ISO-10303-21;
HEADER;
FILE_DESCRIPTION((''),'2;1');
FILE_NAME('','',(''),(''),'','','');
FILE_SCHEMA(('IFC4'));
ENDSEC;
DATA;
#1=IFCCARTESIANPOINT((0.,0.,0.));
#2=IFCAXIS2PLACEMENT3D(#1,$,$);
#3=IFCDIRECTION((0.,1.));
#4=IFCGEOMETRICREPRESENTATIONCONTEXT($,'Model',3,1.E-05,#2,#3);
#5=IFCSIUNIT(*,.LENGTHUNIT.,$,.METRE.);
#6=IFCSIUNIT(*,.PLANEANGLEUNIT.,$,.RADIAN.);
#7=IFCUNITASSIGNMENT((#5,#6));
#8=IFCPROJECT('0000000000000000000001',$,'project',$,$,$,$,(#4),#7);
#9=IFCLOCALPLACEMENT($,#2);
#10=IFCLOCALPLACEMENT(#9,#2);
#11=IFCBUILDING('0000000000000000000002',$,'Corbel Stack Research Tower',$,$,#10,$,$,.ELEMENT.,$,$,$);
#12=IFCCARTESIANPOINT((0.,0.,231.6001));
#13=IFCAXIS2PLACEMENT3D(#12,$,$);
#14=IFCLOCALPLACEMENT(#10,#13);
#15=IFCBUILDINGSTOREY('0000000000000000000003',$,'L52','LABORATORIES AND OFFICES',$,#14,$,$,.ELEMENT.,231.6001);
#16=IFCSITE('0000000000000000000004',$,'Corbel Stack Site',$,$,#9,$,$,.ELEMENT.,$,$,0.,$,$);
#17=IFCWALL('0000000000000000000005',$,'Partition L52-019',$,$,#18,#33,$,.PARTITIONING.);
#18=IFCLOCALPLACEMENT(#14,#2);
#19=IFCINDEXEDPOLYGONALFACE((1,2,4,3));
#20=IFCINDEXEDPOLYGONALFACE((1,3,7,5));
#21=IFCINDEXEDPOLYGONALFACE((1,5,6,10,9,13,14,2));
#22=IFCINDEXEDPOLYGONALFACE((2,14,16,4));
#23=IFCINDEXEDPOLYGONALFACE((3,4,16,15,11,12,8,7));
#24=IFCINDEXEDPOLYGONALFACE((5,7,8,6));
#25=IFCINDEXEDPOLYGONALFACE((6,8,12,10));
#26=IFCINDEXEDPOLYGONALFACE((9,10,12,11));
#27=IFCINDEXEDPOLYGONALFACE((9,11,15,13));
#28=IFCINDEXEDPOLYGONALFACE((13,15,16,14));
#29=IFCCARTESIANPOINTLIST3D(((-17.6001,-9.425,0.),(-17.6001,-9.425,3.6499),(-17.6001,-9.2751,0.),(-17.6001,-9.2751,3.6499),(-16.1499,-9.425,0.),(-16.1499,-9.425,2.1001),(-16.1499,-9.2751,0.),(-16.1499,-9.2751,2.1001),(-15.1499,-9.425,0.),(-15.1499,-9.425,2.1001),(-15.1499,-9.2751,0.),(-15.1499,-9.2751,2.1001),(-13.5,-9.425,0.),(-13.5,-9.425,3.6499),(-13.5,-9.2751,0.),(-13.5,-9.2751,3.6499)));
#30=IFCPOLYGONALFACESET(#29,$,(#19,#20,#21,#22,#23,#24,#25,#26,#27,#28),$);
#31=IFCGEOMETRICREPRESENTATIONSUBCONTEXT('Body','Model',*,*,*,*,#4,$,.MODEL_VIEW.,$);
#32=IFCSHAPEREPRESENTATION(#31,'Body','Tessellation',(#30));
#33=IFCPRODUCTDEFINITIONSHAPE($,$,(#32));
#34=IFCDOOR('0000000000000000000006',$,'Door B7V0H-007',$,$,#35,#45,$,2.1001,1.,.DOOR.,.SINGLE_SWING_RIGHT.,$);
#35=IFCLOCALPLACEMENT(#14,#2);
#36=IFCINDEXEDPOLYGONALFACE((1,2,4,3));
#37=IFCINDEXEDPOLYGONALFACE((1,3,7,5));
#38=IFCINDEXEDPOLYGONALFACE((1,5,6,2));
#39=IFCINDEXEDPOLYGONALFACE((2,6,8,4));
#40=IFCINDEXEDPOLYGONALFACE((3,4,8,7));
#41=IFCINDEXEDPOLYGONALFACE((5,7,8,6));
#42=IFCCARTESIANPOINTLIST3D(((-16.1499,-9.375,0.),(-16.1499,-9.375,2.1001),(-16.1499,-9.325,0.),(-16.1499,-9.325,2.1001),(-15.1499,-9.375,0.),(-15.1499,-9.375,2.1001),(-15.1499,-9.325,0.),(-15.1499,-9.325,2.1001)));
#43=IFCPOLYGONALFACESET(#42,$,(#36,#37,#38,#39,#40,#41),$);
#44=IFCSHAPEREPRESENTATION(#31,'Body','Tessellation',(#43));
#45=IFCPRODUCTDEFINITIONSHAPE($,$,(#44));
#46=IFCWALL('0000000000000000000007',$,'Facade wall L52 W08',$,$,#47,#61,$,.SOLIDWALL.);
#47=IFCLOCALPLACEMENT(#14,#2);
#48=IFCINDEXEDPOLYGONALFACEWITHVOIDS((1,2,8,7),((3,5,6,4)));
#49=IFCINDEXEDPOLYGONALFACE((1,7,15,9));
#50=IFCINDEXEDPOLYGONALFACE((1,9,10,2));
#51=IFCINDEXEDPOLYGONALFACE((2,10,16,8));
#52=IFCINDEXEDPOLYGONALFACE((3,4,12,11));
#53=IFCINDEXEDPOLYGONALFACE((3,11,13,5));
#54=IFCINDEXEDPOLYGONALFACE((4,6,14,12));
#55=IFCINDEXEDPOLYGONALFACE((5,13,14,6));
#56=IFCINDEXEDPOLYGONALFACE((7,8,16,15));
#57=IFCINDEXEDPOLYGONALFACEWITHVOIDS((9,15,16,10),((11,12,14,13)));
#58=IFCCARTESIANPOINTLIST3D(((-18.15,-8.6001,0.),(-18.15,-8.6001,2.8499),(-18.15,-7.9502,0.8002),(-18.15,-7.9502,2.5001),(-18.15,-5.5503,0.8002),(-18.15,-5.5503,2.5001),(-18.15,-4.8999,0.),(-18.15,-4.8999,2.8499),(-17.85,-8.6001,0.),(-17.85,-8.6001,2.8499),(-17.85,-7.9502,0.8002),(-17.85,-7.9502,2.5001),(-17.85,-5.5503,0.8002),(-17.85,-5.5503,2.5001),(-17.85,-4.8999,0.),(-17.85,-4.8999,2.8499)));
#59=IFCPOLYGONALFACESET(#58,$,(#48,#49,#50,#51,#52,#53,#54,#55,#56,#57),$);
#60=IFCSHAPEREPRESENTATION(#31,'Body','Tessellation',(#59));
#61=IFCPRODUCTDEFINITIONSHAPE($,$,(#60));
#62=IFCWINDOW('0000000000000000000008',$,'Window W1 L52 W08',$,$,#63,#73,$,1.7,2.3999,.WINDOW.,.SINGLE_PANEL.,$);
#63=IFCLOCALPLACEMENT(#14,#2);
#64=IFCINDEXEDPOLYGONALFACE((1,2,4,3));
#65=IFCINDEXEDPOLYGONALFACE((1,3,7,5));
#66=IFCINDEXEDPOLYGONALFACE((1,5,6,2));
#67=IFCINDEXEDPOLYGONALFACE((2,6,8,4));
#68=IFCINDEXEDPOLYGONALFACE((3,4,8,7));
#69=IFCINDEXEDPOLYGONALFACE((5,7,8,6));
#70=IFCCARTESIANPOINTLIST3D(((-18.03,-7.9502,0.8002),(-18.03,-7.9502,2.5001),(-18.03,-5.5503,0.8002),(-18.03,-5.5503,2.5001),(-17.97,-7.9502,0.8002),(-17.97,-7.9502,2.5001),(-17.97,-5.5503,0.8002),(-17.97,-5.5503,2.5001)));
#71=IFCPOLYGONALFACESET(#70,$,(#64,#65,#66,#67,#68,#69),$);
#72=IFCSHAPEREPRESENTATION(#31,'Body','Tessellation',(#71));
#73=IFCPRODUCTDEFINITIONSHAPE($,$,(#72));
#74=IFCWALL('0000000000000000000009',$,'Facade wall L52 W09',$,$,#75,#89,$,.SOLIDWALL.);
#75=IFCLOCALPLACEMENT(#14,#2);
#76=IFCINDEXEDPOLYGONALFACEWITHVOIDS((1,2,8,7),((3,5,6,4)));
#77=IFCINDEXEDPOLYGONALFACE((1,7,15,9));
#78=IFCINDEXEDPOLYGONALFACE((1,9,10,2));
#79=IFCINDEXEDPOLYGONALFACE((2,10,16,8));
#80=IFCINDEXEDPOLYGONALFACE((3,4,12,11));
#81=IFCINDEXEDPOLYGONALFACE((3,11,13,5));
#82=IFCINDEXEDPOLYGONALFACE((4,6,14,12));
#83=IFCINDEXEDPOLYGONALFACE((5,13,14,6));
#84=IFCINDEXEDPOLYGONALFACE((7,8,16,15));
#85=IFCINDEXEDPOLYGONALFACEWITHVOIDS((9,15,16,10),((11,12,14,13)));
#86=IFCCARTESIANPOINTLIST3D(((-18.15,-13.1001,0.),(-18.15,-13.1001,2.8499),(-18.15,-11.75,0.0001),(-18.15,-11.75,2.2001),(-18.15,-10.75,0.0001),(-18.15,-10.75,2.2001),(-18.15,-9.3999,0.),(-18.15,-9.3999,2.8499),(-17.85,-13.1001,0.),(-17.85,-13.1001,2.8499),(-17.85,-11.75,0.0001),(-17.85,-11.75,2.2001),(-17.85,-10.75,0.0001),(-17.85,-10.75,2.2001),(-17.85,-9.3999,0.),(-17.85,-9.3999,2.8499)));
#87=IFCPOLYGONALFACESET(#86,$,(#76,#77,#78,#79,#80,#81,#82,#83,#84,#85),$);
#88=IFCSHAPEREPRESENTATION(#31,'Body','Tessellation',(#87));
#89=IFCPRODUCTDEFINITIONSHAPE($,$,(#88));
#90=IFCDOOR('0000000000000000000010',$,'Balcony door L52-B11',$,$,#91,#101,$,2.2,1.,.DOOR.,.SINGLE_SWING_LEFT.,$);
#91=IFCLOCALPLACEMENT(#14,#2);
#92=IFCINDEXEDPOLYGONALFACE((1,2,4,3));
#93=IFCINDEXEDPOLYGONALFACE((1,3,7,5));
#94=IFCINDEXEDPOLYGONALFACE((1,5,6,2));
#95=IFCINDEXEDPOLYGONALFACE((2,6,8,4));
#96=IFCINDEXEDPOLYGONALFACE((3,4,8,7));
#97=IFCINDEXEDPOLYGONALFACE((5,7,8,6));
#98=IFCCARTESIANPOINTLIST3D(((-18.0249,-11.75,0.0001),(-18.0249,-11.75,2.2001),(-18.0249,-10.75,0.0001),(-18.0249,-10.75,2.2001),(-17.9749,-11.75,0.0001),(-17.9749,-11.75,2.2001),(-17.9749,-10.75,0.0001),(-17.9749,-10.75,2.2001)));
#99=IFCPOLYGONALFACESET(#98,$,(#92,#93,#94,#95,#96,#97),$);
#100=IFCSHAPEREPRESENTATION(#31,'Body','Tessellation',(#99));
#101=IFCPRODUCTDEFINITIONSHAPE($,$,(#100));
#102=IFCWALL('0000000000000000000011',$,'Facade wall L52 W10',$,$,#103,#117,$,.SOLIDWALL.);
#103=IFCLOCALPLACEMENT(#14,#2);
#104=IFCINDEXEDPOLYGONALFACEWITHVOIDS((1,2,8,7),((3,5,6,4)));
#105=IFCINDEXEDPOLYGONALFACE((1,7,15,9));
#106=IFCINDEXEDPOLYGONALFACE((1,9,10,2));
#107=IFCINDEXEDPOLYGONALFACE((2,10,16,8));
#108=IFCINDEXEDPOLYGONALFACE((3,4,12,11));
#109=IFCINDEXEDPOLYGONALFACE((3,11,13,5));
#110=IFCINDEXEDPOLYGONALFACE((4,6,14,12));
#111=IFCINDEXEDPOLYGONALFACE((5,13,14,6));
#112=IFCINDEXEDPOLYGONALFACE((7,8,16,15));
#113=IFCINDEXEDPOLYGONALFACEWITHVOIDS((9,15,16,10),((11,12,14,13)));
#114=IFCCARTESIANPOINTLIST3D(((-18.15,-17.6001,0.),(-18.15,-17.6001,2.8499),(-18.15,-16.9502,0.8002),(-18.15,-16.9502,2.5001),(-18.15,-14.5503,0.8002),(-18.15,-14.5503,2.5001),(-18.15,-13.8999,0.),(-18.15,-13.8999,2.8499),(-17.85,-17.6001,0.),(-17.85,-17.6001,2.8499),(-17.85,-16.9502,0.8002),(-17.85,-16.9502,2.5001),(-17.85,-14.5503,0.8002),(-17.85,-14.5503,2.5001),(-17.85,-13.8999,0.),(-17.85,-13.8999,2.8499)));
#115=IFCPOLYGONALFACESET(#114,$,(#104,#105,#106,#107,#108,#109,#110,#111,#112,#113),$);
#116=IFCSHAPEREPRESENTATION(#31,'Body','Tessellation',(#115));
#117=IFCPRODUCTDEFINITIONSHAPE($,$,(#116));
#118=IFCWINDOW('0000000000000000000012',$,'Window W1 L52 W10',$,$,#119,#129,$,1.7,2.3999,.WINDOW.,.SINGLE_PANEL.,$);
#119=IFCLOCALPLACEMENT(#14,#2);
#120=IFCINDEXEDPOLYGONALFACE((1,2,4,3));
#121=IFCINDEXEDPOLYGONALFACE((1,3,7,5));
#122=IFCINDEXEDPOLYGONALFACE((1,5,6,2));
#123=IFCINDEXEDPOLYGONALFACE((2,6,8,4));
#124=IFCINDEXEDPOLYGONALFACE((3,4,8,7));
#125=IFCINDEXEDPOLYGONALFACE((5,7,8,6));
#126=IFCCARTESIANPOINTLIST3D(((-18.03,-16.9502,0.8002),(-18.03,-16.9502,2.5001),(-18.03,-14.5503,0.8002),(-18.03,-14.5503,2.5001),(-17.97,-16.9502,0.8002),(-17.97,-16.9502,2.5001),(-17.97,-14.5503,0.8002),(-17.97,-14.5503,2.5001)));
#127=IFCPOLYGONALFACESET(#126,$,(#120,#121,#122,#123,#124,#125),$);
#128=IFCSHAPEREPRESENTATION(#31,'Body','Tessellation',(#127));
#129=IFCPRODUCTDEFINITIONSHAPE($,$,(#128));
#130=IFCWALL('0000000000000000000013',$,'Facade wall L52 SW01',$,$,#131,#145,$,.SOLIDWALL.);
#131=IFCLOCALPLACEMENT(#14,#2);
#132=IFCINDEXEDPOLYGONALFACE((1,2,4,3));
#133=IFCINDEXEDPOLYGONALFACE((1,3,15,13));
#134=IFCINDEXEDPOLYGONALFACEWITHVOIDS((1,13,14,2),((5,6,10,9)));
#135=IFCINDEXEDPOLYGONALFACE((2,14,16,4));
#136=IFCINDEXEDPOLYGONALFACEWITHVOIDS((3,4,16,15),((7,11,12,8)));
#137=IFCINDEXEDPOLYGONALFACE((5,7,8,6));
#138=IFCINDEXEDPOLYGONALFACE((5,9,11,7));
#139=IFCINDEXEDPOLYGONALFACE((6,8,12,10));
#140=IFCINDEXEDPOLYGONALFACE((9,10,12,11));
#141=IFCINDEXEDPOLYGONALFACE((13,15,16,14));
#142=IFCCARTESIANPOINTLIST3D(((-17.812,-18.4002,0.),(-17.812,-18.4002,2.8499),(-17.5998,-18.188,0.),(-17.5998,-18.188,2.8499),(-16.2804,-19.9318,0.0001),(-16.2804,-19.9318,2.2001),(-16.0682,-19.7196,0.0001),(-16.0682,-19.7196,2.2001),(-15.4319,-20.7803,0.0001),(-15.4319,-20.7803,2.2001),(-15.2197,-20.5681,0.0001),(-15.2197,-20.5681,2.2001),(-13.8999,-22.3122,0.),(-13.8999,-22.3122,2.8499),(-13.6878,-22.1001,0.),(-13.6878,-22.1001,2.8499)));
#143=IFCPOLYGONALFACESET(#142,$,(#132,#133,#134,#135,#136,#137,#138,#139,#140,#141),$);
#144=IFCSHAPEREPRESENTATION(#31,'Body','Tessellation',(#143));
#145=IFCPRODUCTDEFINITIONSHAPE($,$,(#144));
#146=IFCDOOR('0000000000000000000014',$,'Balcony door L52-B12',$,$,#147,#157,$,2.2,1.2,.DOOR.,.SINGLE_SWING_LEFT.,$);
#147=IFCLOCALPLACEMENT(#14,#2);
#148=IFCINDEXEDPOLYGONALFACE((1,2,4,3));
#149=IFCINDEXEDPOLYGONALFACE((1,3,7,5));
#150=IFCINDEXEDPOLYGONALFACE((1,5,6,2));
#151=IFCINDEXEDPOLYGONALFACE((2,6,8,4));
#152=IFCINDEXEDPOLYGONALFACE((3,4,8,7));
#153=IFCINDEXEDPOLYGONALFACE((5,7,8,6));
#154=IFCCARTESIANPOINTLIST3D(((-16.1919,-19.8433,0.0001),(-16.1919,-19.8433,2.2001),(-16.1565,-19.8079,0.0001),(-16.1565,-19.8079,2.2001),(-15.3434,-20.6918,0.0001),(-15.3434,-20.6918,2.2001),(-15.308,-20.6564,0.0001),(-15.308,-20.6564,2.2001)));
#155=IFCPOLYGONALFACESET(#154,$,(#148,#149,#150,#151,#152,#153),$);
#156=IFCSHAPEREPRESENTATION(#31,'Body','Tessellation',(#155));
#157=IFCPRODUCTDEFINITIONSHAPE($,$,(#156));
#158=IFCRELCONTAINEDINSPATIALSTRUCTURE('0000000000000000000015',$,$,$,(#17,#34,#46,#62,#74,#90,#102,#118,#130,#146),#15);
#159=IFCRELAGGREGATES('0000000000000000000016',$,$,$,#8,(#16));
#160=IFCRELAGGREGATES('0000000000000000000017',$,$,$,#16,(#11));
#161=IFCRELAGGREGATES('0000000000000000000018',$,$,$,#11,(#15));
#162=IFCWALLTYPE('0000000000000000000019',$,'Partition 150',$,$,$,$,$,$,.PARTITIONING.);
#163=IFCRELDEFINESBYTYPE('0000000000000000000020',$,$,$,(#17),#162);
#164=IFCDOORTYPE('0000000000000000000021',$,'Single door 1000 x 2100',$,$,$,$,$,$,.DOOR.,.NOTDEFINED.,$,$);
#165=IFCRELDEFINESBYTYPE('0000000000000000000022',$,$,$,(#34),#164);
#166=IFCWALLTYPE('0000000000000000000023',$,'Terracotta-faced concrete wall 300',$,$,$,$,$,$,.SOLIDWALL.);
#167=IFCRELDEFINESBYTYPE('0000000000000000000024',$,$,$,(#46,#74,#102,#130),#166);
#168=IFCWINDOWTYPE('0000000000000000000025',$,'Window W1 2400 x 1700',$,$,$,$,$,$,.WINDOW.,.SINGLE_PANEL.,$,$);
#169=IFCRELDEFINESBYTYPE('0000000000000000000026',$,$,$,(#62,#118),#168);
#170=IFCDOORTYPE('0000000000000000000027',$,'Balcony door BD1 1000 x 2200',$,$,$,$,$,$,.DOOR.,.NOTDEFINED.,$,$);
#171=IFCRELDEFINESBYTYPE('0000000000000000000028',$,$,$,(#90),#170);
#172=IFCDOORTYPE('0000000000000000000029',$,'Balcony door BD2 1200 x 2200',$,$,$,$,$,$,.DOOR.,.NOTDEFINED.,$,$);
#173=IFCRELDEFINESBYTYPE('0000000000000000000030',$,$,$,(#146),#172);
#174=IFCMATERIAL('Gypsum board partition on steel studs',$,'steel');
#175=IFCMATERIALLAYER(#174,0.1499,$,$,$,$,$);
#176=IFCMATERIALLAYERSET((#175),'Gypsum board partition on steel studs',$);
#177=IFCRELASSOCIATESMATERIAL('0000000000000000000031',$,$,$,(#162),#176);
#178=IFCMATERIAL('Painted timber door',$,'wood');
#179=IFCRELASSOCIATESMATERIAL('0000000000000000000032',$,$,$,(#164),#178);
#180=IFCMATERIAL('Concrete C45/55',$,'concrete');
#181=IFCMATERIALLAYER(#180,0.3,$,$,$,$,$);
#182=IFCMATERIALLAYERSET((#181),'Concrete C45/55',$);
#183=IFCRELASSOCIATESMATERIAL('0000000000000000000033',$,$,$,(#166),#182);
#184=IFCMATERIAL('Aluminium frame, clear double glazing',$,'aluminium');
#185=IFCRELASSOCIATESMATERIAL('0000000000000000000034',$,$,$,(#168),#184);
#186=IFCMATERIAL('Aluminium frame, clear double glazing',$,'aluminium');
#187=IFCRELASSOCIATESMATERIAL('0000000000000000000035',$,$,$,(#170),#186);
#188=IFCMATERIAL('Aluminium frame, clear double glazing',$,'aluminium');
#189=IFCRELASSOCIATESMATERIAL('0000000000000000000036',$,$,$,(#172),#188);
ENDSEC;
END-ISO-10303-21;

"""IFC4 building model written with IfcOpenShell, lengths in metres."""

from ifc_helpers import new_model, si_unit, direction, frame, frame_2d, origin, place, context, subcontext, project, spatial, rectangle, extrude, material, layer, layer_set, type_object, element, fill, save


model = new_model("IFC4")

# Units and contexts
model_context = context("Model", 3, precision=1e-05, world=origin(), true_north=direction((0.0, 1.0)))
body_context = subcontext(model_context, "Body", "Model", "MODEL_VIEW")
ifc_project = project(units=[si_unit("LENGTHUNIT", "METRE"), si_unit("PLANEANGLEUNIT", "RADIAN")], contexts=[model_context])

# Site, building, storey
site_placement = place(None, origin())
site = spatial("IfcSite", under=ifc_project, at=site_placement, Name="Corbel Stack Site", CompositionType="ELEMENT", RefElevation=0.0)
building_placement = place(site_placement, origin())
building = spatial("IfcBuilding", under=site, at=building_placement, Name="Corbel Stack Research Tower", CompositionType="ELEMENT")
storey_placement = place(building_placement, frame((0.0, 0.0, 231.6001)))
storey = spatial("IfcBuildingStorey", under=building, at=storey_placement, Name="L52", Description="LABORATORIES AND OFFICES", CompositionType="ELEMENT", Elevation=231.6001)

# Wall, opening, door
ifc_material_1 = material(Name="Gypsum board partition on steel studs", Category="steel")
ifc_layer_1 = layer(ifc_material_1, 0.1499)
ifc_layer_set_1 = layer_set([ifc_layer_1], Name="Gypsum board partition on steel studs")
wall_type_1 = type_object("IfcWallType", Name="Partition 150", PredefinedType="PARTITIONING", material=ifc_layer_set_1)
wall_1_placement = place(storey_placement, frame((-13.5, -9.3501, 0.0), z_axis=(0.0, 0.0, 1.0), x_axis=(-1.0, 0.0, 0.0)))
wall_1 = element("IfcWall", 1, at=wall_1_placement, inside=storey, type_object=wall_type_1, Name="Partition L52-019", PredefinedType="PARTITIONING", context=body_context, shape_type="SweptSolid", body=[
    extrude(rectangle(XDim=4.1001, YDim=0.1499, at=frame_2d((2.05, 0.0))), origin(), (0.0, 0.0, 1.0), 3.6499),
])
opening_1_placement = place(wall_1_placement, frame((1.6499, 0.0, 0.0)))
opening_1 = element("IfcOpeningElement", 2, at=opening_1_placement, cuts=wall_1, PredefinedType="OPENING", context=body_context, shape_type="SweptSolid", body=[
    extrude(rectangle(XDim=1.0, YDim=2.1001, at=frame_2d((0.5, 1.05))), frame((0.0, 0.085, 0.0), z_axis=(0.0, -1.0, 0.0), x_axis=(1.0, 0.0, 0.0)), (0.0, 0.0, 1.0), 0.1699),
])
ifc_material_2 = material(Name="Painted timber door", Category="wood")
door_type_1 = type_object("IfcDoorType", Name="Single door 1000 x 2100", OperationType="NOTDEFINED", PredefinedType="DOOR", material=ifc_material_2)
door_1_placement = place(opening_1_placement, origin())
door_1 = element("IfcDoor", 3, at=door_1_placement, inside=storey, type_object=door_type_1, Name="Door B7V0H-007", OperationType="SINGLE_SWING_RIGHT", OverallHeight=2.1001, OverallWidth=1.0, PredefinedType="DOOR", context=body_context, shape_type="SweptSolid", body=[
    extrude(rectangle(XDim=1.0, YDim=2.1001, at=frame_2d((0.5, 1.05))), frame((0.0, 0.0249, 0.0), z_axis=(0.0, -1.0, 0.0), x_axis=(1.0, 0.0, 0.0)), (0.0, 0.0, 1.0), 0.05),
])
fill(opening_1, door_1)

# Wall, opening, window
ifc_material_3 = material(Name="Concrete C45/55", Category="concrete")
ifc_layer_2 = layer(ifc_material_3, 0.3)
ifc_layer_set_2 = layer_set([ifc_layer_2], Name="Concrete C45/55")
wall_type_2 = type_object("IfcWallType", Name="Terracotta-faced concrete wall 300", PredefinedType="SOLIDWALL", material=ifc_layer_set_2)
wall_2_placement = place(storey_placement, frame((-18.0, -8.6001, 0.0), z_axis=(0.0, 0.0, 1.0), x_axis=(0.0, 1.0, 0.0)))
wall_2 = element("IfcWall", 4, at=wall_2_placement, inside=storey, type_object=wall_type_2, Name="Facade wall L52 W08", PredefinedType="SOLIDWALL", context=body_context, shape_type="SweptSolid", body=[
    extrude(rectangle(XDim=3.7002, YDim=0.3, at=frame_2d((1.8501, 0.0))), origin(), (0.0, 0.0, 1.0), 2.8499),
])
opening_2_placement = place(wall_2_placement, frame((0.6499, 0.0, 0.8)))
opening_2 = element("IfcOpeningElement", 5, at=opening_2_placement, cuts=wall_2, PredefinedType="OPENING", context=body_context, shape_type="SweptSolid", body=[
    extrude(rectangle(XDim=2.3999, YDim=1.7, at=frame_2d((1.2, 0.8501))), frame((0.0, 0.1599, 0.0), z_axis=(0.0, -1.0, 0.0), x_axis=(1.0, 0.0, 0.0)), (0.0, 0.0, 1.0), 0.3201),
])
ifc_material_4 = material(Name="Aluminium frame, clear double glazing", Category="aluminium")
window_type = type_object("IfcWindowType", Name="Window W1 2400 x 1700", PartitioningType="SINGLE_PANEL", PredefinedType="WINDOW", material=ifc_material_4)
window_1_placement = place(opening_2_placement, origin())
window_1 = element("IfcWindow", 6, at=window_1_placement, inside=storey, type_object=window_type, Name="Window W1 L52 W08", OverallHeight=1.7, OverallWidth=2.3999, PartitioningType="SINGLE_PANEL", PredefinedType="WINDOW", context=body_context, shape_type="SweptSolid", body=[
    extrude(rectangle(XDim=2.3999, YDim=1.7, at=frame_2d((1.2, 0.8501))), frame((0.0, 0.03, 0.0), z_axis=(0.0, -1.0, 0.0), x_axis=(1.0, 0.0, 0.0)), (0.0, 0.0, 1.0), 0.0601),
])
fill(opening_2, window_1)

# Wall, opening, door
wall_3_placement = place(storey_placement, frame((-18.0, -13.1001, 0.0), z_axis=(0.0, 0.0, 1.0), x_axis=(0.0, 1.0, 0.0)))
wall_3 = element("IfcWall", 7, at=wall_3_placement, inside=storey, type_object=wall_type_2, Name="Facade wall L52 W09", PredefinedType="SOLIDWALL", context=body_context, shape_type="SweptSolid", body=[
    extrude(rectangle(XDim=3.7002, YDim=0.3, at=frame_2d((1.8501, 0.0))), origin(), (0.0, 0.0, 1.0), 2.8499),
])
opening_3_placement = place(wall_3_placement, frame((1.3501, 0.0, 0.0)))
opening_3 = element("IfcOpeningElement", 8, at=opening_3_placement, cuts=wall_3, PredefinedType="OPENING", context=body_context, shape_type="SweptSolid", body=[
    extrude(rectangle(XDim=1.0, YDim=2.2, at=frame_2d((0.5, 1.1001))), frame((0.0, 0.1599, 0.0), z_axis=(0.0, -1.0, 0.0), x_axis=(1.0, 0.0, 0.0)), (0.0, 0.0, 1.0), 0.3201),
])
ifc_material_5 = material(Name="Aluminium frame, clear double glazing", Category="aluminium")
door_type_2 = type_object("IfcDoorType", Name="Balcony door BD1 1000 x 2200", OperationType="NOTDEFINED", PredefinedType="DOOR", material=ifc_material_5)
door_2_placement = place(opening_3_placement, origin())
door_2 = element("IfcDoor", 9, at=door_2_placement, inside=storey, type_object=door_type_2, Name="Balcony door L52-B11", OperationType="SINGLE_SWING_LEFT", OverallHeight=2.2, OverallWidth=1.0, PredefinedType="DOOR", context=body_context, shape_type="SweptSolid", body=[
    extrude(rectangle(XDim=1.0, YDim=2.2, at=frame_2d((0.5, 1.1001))), frame((0.0, 0.0249, 0.0), z_axis=(0.0, -1.0, 0.0), x_axis=(1.0, 0.0, 0.0)), (0.0, 0.0, 1.0), 0.05),
])
fill(opening_3, door_2)

# Wall, opening, window
wall_4_placement = place(storey_placement, frame((-18.0, -17.6001, 0.0), z_axis=(0.0, 0.0, 1.0), x_axis=(0.0, 1.0, 0.0)))
wall_4 = element("IfcWall", 10, at=wall_4_placement, inside=storey, type_object=wall_type_2, Name="Facade wall L52 W10", PredefinedType="SOLIDWALL", context=body_context, shape_type="SweptSolid", body=[
    extrude(rectangle(XDim=3.7002, YDim=0.3, at=frame_2d((1.8501, 0.0))), origin(), (0.0, 0.0, 1.0), 2.8499),
])
opening_4_placement = place(wall_4_placement, frame((0.6499, 0.0, 0.8)))
opening_4 = element("IfcOpeningElement", 11, at=opening_4_placement, cuts=wall_4, PredefinedType="OPENING", context=body_context, shape_type="SweptSolid", body=[
    extrude(rectangle(XDim=2.3999, YDim=1.7, at=frame_2d((1.2, 0.8501))), frame((0.0, 0.1599, 0.0), z_axis=(0.0, -1.0, 0.0), x_axis=(1.0, 0.0, 0.0)), (0.0, 0.0, 1.0), 0.3201),
])
window_2_placement = place(opening_4_placement, origin())
window_2 = element("IfcWindow", 12, at=window_2_placement, inside=storey, type_object=window_type, Name="Window W1 L52 W10", OverallHeight=1.7, OverallWidth=2.3999, PartitioningType="SINGLE_PANEL", PredefinedType="WINDOW", context=body_context, shape_type="SweptSolid", body=[
    extrude(rectangle(XDim=2.3999, YDim=1.7, at=frame_2d((1.2, 0.8501))), frame((0.0, 0.03, 0.0), z_axis=(0.0, -1.0, 0.0), x_axis=(1.0, 0.0, 0.0)), (0.0, 0.0, 1.0), 0.0601),
])
fill(opening_4, window_2)

# Wall, opening, door
wall_5_placement = place(storey_placement, frame((-13.7939, -22.2061, 0.0), z_axis=(0.0, 0.0, 1.0), x_axis=(-0.707107, 0.707107, 0.0)))
wall_5 = element("IfcWall", 13, at=wall_5_placement, inside=storey, type_object=wall_type_2, Name="Facade wall L52 SW01", PredefinedType="SOLIDWALL", context=body_context, shape_type="SweptSolid", body=[
    extrude(rectangle(XDim=5.5325, YDim=0.3, at=frame_2d((2.7661, 0.0))), origin(), (0.0, 0.0, 1.0), 2.8499),
])
opening_5_placement = place(wall_5_placement, frame((2.1663, 0.0, 0.0)))
opening_5 = element("IfcOpeningElement", 14, at=opening_5_placement, cuts=wall_5, PredefinedType="OPENING", context=body_context, shape_type="SweptSolid", body=[
    extrude(rectangle(XDim=1.2, YDim=2.2, at=frame_2d((0.6001, 1.1001))), frame((0.0, 0.1599, 0.0), z_axis=(0.0, -1.0, 0.0), x_axis=(1.0, 0.0, 0.0)), (0.0, 0.0, 1.0), 0.3201),
])
ifc_material_6 = material(Name="Aluminium frame, clear double glazing", Category="aluminium")
door_type_3 = type_object("IfcDoorType", Name="Balcony door BD2 1200 x 2200", OperationType="NOTDEFINED", PredefinedType="DOOR", material=ifc_material_6)
door_3_placement = place(opening_5_placement, origin())
door_3 = element("IfcDoor", 15, at=door_3_placement, inside=storey, type_object=door_type_3, Name="Balcony door L52-B12", OperationType="SINGLE_SWING_LEFT", OverallHeight=2.2, OverallWidth=1.2, PredefinedType="DOOR", context=body_context, shape_type="SweptSolid", body=[
    extrude(rectangle(XDim=1.2, YDim=2.2, at=frame_2d((0.6001, 1.1001))), frame((0.0, 0.0249, 0.0), z_axis=(0.0, -1.0, 0.0), x_axis=(1.0, 0.0, 0.0)), (0.0, 0.0, 1.0), 0.05),
])
fill(opening_5, door_3)

save(model, "model.ifc")
